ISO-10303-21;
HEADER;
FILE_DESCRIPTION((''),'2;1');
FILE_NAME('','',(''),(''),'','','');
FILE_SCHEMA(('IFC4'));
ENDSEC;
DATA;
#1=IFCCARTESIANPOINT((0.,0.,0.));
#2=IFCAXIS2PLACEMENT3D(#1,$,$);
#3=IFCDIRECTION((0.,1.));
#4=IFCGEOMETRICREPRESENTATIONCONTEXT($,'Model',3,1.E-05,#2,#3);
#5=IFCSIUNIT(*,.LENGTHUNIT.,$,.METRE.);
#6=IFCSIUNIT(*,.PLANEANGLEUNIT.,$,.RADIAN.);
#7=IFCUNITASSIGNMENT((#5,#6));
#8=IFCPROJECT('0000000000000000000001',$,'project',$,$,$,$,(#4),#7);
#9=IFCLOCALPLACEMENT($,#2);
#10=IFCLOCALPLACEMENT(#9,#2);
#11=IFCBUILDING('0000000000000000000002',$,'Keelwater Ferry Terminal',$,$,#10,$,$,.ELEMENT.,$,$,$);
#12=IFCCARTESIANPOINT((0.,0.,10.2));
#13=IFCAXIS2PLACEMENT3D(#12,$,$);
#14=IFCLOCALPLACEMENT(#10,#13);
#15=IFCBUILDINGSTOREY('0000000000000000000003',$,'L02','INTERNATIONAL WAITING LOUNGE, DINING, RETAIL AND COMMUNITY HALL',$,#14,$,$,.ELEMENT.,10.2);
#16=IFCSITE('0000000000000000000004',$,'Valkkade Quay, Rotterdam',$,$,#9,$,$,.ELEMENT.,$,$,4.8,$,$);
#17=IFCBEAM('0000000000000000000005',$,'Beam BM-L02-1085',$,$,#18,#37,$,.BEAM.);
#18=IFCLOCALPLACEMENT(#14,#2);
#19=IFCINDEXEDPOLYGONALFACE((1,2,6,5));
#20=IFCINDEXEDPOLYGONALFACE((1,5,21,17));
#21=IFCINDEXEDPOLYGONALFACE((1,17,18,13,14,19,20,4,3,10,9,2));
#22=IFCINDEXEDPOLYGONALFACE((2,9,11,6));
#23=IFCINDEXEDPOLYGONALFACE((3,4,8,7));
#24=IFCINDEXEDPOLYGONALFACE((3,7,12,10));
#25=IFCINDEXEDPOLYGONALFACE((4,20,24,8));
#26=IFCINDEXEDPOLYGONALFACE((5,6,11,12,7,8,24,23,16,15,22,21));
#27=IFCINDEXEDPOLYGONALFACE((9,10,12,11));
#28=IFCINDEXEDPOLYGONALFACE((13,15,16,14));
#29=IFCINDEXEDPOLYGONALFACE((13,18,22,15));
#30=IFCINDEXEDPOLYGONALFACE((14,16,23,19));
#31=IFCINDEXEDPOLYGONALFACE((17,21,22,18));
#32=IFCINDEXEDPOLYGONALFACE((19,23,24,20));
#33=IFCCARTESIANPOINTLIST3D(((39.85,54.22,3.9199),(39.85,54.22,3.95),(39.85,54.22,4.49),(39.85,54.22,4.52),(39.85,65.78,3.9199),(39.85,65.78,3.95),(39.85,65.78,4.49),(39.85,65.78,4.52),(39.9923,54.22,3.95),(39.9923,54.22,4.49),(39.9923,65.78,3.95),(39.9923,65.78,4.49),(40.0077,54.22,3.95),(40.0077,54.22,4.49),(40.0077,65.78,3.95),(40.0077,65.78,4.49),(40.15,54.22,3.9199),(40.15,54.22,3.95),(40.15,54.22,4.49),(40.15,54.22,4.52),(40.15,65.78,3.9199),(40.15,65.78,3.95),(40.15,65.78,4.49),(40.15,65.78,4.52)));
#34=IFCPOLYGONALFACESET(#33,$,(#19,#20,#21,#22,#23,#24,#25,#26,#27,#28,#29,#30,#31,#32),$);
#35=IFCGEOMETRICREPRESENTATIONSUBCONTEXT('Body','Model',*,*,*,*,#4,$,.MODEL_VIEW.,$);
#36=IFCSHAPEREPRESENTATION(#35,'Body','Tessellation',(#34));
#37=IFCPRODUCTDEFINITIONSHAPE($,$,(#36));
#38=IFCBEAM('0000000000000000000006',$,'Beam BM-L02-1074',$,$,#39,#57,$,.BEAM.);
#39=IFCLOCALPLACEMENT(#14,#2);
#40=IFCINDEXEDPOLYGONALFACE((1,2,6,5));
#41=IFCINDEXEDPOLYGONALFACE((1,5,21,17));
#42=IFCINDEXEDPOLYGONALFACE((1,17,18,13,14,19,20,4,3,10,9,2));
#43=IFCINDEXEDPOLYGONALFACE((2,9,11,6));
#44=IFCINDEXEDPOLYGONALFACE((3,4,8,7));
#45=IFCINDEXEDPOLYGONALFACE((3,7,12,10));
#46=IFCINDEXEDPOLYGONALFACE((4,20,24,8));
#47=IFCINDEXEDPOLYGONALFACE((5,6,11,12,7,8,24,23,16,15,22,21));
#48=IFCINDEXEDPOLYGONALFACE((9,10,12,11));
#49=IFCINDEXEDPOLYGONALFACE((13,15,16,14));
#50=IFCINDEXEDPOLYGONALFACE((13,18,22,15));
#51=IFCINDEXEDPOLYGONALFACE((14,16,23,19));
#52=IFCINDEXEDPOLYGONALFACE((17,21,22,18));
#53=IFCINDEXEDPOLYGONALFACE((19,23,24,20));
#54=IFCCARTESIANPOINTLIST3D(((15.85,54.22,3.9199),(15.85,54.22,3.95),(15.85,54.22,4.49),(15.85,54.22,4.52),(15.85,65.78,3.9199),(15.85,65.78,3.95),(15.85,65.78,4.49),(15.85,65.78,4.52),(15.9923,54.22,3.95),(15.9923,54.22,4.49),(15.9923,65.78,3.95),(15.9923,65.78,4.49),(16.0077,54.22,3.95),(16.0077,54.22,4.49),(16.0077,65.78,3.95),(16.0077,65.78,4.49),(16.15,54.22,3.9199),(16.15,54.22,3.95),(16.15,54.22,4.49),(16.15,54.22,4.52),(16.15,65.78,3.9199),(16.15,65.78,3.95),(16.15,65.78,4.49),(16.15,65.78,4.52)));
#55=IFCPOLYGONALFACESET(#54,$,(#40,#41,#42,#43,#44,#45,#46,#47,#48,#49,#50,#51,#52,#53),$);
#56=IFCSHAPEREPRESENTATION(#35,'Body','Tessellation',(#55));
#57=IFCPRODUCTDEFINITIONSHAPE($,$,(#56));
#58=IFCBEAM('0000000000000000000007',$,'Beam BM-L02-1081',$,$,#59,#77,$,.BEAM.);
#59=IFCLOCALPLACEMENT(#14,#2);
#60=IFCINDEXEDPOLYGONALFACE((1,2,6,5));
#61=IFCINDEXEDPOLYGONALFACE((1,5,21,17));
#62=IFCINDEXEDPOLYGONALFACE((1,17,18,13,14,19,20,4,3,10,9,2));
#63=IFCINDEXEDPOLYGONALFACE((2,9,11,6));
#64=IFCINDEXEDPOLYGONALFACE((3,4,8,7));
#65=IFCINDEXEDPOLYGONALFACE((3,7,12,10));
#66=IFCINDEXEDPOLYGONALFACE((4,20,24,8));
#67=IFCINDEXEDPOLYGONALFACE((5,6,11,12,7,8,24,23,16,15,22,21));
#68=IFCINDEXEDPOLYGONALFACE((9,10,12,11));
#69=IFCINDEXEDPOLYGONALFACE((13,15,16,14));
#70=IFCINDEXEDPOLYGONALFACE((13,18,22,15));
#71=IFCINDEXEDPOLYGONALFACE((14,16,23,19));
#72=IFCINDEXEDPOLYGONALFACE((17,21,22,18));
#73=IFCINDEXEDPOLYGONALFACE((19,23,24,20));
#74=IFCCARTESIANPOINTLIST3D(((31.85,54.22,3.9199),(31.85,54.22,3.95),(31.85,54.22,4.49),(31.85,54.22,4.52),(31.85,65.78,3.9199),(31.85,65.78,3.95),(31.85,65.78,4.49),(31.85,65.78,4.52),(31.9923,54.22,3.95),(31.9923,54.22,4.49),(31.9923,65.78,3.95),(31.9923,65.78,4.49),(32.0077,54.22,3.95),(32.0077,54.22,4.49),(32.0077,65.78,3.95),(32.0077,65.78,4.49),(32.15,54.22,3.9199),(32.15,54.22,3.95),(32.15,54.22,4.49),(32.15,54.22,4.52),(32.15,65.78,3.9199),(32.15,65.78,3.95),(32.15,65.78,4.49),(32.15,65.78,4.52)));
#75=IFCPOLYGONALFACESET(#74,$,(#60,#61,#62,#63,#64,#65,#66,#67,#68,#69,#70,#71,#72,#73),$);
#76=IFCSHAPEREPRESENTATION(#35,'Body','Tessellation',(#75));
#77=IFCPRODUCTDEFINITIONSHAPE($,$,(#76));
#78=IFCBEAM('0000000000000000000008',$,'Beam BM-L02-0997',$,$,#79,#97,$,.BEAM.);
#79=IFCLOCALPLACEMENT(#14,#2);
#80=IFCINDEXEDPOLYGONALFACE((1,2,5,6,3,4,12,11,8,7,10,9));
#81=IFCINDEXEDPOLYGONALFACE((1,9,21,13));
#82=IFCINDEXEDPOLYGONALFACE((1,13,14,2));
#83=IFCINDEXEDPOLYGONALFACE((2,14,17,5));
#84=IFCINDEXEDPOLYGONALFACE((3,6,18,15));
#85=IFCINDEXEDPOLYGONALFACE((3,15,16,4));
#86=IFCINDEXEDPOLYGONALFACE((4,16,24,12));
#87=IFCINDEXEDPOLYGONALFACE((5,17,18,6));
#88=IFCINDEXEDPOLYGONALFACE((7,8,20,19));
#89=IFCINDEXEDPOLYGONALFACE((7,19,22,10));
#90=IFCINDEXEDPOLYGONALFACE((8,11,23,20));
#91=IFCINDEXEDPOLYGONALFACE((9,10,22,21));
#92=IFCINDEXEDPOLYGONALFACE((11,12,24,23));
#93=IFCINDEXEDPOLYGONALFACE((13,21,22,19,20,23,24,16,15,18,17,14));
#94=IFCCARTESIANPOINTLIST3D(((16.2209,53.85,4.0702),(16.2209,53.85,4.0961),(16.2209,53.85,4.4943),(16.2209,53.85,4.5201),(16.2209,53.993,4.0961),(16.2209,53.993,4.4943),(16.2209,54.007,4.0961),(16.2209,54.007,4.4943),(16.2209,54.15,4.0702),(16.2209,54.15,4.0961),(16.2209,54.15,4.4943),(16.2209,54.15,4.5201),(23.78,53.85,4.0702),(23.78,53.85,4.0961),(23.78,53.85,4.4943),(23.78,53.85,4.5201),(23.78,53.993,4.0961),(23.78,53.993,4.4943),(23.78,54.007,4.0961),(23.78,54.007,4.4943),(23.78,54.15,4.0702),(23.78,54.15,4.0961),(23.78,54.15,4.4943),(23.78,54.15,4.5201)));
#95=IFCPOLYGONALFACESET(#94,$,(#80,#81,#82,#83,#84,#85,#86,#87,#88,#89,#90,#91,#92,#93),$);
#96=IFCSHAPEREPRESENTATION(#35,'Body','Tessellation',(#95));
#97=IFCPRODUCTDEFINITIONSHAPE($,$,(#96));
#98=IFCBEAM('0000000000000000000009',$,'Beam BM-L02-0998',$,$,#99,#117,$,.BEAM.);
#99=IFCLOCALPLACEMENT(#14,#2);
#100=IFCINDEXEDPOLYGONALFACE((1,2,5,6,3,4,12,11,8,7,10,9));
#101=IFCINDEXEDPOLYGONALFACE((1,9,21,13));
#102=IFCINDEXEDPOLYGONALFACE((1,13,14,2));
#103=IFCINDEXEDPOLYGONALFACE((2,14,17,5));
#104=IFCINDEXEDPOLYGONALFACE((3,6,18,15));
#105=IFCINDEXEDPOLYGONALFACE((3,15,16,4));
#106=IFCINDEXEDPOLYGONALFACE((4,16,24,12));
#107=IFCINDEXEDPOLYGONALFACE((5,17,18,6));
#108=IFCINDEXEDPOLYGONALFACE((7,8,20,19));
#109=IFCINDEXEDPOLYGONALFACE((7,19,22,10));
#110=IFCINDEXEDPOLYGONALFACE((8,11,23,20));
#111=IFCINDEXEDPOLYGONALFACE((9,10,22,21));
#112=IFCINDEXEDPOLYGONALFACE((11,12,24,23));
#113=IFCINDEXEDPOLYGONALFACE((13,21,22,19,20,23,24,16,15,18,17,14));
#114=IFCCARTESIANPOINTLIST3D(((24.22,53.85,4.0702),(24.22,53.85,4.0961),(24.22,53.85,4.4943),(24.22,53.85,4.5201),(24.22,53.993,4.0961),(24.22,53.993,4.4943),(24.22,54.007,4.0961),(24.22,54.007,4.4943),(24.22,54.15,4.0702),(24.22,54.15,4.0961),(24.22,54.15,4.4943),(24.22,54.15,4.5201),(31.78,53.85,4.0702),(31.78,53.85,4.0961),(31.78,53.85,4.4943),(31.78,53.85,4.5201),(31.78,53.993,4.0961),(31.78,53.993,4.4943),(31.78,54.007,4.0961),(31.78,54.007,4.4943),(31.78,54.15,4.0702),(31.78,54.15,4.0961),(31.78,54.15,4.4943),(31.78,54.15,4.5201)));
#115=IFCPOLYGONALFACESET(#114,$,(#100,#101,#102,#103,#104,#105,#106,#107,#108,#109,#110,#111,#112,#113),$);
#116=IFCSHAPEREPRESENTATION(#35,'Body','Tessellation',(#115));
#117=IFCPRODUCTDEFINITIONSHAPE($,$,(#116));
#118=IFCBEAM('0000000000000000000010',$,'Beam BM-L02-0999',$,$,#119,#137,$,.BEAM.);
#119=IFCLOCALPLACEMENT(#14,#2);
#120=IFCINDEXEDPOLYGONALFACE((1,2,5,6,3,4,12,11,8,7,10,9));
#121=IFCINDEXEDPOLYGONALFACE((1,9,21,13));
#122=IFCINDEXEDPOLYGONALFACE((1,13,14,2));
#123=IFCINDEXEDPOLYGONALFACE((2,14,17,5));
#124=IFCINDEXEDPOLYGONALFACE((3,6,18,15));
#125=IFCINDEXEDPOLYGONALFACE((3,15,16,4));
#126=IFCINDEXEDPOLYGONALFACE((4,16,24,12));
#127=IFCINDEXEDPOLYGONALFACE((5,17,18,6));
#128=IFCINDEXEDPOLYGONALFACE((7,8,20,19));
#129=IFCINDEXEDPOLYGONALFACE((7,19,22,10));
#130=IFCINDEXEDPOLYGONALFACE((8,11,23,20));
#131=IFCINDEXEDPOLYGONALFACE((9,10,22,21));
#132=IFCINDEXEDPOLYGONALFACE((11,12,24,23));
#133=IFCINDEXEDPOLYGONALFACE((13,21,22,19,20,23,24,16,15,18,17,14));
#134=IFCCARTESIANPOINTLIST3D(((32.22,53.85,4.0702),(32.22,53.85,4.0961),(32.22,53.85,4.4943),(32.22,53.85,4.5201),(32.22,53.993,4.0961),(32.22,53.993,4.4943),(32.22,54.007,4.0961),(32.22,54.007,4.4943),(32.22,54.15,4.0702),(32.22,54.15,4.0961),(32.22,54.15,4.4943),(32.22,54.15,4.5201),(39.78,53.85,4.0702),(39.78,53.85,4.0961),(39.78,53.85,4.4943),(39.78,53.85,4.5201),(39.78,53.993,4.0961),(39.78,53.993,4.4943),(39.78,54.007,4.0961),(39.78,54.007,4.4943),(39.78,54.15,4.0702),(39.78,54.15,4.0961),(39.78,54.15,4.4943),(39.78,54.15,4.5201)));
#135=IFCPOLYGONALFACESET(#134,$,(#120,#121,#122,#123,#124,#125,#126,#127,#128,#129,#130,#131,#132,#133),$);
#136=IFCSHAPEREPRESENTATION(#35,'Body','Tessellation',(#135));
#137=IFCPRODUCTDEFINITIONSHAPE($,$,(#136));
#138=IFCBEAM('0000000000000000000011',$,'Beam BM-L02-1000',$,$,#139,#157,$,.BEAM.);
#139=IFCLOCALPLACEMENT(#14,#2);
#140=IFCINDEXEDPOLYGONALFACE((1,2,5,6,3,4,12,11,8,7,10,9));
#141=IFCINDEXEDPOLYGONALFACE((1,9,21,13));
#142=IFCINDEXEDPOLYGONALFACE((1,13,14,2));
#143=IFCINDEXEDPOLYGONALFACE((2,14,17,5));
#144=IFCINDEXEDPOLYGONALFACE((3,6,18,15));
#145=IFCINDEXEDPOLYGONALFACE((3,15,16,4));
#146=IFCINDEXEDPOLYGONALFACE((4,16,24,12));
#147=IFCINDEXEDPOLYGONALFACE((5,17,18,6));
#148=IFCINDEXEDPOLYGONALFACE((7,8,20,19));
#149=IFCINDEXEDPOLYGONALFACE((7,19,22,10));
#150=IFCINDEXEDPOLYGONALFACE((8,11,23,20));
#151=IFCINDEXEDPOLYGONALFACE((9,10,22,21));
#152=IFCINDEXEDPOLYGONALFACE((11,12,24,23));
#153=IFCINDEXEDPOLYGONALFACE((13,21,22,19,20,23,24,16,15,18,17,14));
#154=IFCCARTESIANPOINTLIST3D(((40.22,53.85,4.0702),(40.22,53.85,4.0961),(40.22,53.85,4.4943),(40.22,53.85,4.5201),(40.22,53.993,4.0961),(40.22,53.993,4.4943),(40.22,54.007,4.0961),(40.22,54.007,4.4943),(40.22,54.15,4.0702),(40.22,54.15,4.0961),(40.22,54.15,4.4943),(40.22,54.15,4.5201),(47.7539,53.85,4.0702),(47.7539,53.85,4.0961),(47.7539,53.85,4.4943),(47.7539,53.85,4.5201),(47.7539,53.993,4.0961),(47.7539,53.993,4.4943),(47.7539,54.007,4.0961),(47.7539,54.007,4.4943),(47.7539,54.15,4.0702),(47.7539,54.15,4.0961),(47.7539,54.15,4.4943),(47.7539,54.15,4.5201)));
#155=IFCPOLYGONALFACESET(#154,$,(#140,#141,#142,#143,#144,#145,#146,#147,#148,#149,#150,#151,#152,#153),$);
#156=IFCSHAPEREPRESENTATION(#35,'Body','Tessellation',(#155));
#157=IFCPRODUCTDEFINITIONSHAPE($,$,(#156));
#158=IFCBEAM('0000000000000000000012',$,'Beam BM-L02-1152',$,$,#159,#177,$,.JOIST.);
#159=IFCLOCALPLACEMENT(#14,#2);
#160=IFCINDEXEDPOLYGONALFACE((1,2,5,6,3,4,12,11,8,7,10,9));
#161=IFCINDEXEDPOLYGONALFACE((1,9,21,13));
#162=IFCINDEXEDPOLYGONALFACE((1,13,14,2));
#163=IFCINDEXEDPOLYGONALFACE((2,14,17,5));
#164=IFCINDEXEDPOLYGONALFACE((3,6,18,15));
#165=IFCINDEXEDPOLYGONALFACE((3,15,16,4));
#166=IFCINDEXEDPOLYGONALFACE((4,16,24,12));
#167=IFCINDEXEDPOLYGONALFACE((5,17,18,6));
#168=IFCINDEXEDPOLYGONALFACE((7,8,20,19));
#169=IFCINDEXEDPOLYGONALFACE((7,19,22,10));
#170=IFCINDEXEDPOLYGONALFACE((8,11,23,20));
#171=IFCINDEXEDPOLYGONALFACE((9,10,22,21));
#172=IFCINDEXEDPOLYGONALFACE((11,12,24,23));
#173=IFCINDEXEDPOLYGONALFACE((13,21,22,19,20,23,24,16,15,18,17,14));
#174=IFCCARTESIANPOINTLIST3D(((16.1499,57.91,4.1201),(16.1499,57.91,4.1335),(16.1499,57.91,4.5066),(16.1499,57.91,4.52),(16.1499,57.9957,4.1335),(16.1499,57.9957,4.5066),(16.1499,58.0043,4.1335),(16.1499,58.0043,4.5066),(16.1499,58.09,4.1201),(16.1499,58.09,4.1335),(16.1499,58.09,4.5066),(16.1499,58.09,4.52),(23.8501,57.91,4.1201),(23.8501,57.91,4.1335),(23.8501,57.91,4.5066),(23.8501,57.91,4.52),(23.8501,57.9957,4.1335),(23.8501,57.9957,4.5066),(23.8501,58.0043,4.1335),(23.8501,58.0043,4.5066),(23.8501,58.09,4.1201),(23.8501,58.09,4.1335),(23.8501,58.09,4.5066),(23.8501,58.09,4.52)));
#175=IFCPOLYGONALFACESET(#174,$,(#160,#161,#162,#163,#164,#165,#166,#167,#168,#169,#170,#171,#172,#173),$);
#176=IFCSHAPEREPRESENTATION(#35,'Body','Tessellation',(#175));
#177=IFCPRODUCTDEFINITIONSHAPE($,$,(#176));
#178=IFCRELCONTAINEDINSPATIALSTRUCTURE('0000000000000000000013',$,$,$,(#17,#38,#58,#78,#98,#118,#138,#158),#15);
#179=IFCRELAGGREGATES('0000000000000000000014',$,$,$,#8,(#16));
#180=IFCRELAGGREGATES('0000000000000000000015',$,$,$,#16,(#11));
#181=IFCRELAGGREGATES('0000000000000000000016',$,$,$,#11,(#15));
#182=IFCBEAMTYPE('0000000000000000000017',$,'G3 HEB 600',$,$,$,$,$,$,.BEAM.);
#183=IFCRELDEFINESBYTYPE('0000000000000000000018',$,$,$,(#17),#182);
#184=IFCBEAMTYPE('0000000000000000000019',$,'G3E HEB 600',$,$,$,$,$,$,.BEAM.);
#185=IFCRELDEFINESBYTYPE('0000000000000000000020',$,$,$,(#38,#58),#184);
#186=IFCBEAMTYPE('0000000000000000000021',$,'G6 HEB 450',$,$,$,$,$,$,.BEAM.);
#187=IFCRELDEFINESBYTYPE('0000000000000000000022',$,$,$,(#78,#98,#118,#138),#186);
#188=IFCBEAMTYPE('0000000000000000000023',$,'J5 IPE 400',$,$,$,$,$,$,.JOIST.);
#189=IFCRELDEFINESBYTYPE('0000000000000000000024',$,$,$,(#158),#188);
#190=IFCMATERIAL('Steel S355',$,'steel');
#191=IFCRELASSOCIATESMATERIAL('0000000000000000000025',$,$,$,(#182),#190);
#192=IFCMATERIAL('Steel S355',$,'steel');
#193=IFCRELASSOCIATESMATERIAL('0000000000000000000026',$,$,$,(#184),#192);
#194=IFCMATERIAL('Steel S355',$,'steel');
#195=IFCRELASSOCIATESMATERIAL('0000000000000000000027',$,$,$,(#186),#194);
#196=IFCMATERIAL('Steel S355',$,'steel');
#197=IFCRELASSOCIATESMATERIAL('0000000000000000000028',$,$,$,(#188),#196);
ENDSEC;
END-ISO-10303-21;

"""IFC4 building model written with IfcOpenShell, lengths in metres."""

from ifc_helpers import new_model, si_unit, direction, frame, origin, origin_2d, place, context, subcontext, project, spatial, i_section, extrude, material, material_profile, profile_set, type_object, element, save


model = new_model("IFC4")

# Units and contexts
model_context = context("Model", 3, precision=1e-05, world=origin(), true_north=direction((0.0, 1.0)))
body_context = subcontext(model_context, "Body", "Model", "MODEL_VIEW")
ifc_project = project(units=[si_unit("LENGTHUNIT", "METRE"), si_unit("PLANEANGLEUNIT", "RADIAN")], contexts=[model_context])

# Site, building, storey
site_placement = place(None, origin())
site = spatial("IfcSite", under=ifc_project, at=site_placement, Name="Valkkade Quay, Rotterdam", CompositionType="ELEMENT", RefElevation=4.8)
building_placement = place(site_placement, origin())
building = spatial("IfcBuilding", under=site, at=building_placement, Name="Keelwater Ferry Terminal", CompositionType="ELEMENT")
storey_placement = place(building_placement, frame((0.0, 0.0, 10.2)))
storey = spatial("IfcBuildingStorey", under=building, at=storey_placement, Name="L02", Description="INTERNATIONAL WAITING LOUNGE, DINING, RETAIL AND COMMUNITY HALL", CompositionType="ELEMENT", Elevation=10.2)

# Beams
ifc_material_1 = material(Name="Steel S355", Category="steel")
ifc_material_profile_1 = material_profile(ifc_material_1, i_section(OverallWidth=0.3, OverallDepth=0.6001, WebThickness=0.0154, FlangeThickness=0.03, at=origin_2d()), Name="HEB 600")
ifc_profile_set_1 = profile_set([ifc_material_profile_1], Name="Steel S355")
beam_type_1 = type_object("IfcBeamType", Name="G3 HEB 600", PredefinedType="BEAM", material=ifc_profile_set_1)
for number, where, z_axis, x_axis, name in (
    (1, (40.0, 54.22, 4.22), (0.0, 1.0, 0.0), (-1.0, 0.0, 0.0), "Beam BM-L02-1085"),
):
    element("IfcBeam", number, at=place(storey_placement, frame(where, z_axis=z_axis, x_axis=x_axis)), inside=storey, type_object=beam_type_1, Name=name, PredefinedType="BEAM", context=body_context, shape_type="SweptSolid", body=[
        extrude(i_section(OverallWidth=0.3, OverallDepth=0.6001, WebThickness=0.0154, FlangeThickness=0.03, at=origin_2d()), origin(), (0.0, 0.0, 1.0), 11.5601),
    ])
ifc_material_2 = material(Name="Steel S355", Category="steel")
ifc_material_profile_2 = material_profile(ifc_material_2, i_section(OverallWidth=0.3, OverallDepth=0.6001, WebThickness=0.0154, FlangeThickness=0.03, at=origin_2d()), Name="HEB 600")
ifc_profile_set_2 = profile_set([ifc_material_profile_2], Name="Steel S355")
beam_type_2 = type_object("IfcBeamType", Name="G3E HEB 600", PredefinedType="BEAM", material=ifc_profile_set_2)
for number, where, z_axis, x_axis, name in (
    (2, (16.0, 54.22, 4.22), (0.0, 1.0, 0.0), (-1.0, 0.0, 0.0), "Beam BM-L02-1074"),
    (3, (32.0, 54.22, 4.22), (0.0, 1.0, 0.0), (-1.0, 0.0, 0.0), "Beam BM-L02-1081"),
):
    element("IfcBeam", number, at=place(storey_placement, frame(where, z_axis=z_axis, x_axis=x_axis)), inside=storey, type_object=beam_type_2, Name=name, PredefinedType="BEAM", context=body_context, shape_type="SweptSolid", body=[
        extrude(i_section(OverallWidth=0.3, OverallDepth=0.6001, WebThickness=0.0154, FlangeThickness=0.03, at=origin_2d()), origin(), (0.0, 0.0, 1.0), 11.5601),
    ])
ifc_material_3 = material(Name="Steel S355", Category="steel")
ifc_material_profile_3 = material_profile(ifc_material_3, i_section(OverallWidth=0.3, OverallDepth=0.45, WebThickness=0.0139, FlangeThickness=0.0259, at=origin_2d()), Name="HEB 450")
ifc_profile_set_3 = profile_set([ifc_material_profile_3], Name="Steel S355")
beam_type_3 = type_object("IfcBeamType", Name="G6 HEB 450", PredefinedType="BEAM", material=ifc_profile_set_3)
beam_1_placement = place(storey_placement, frame((16.2209, 54.0, 4.2952), z_axis=(1.0, 0.0, 0.0), x_axis=(0.0, 1.0, 0.0)))
element("IfcBeam", 4, at=beam_1_placement, inside=storey, type_object=beam_type_3, Name="Beam BM-L02-0997", PredefinedType="BEAM", context=body_context, shape_type="SweptSolid", body=[
    extrude(i_section(OverallWidth=0.3, OverallDepth=0.45, WebThickness=0.0139, FlangeThickness=0.0259, at=origin_2d()), origin(), (0.0, 0.0, 1.0), 7.5591),
])
for number, where, z_axis, x_axis, name in (
    (5, (24.22, 54.0, 4.2952), (1.0, 0.0, 0.0), (0.0, 1.0, 0.0), "Beam BM-L02-0998"),
    (6, (32.22, 54.0, 4.2952), (1.0, 0.0, 0.0), (0.0, 1.0, 0.0), "Beam BM-L02-0999"),
):
    element("IfcBeam", number, at=place(storey_placement, frame(where, z_axis=z_axis, x_axis=x_axis)), inside=storey, type_object=beam_type_3, Name=name, PredefinedType="BEAM", context=body_context, shape_type="SweptSolid", body=[
        extrude(i_section(OverallWidth=0.3, OverallDepth=0.45, WebThickness=0.0139, FlangeThickness=0.0259, at=origin_2d()), origin(), (0.0, 0.0, 1.0), 7.5601),
    ])
beam_2_placement = place(storey_placement, frame((40.22, 54.0, 4.2952), z_axis=(1.0, 0.0, 0.0), x_axis=(0.0, 1.0, 0.0)))
element("IfcBeam", 7, at=beam_2_placement, inside=storey, type_object=beam_type_3, Name="Beam BM-L02-1000", PredefinedType="BEAM", context=body_context, shape_type="SweptSolid", body=[
    extrude(i_section(OverallWidth=0.3, OverallDepth=0.45, WebThickness=0.0139, FlangeThickness=0.0259, at=origin_2d()), origin(), (0.0, 0.0, 1.0), 7.5339),
])
ifc_material_4 = material(Name="Steel S355", Category="steel")
ifc_material_profile_4 = material_profile(ifc_material_4, i_section(OverallWidth=0.1799, OverallDepth=0.3999, WebThickness=0.0085, FlangeThickness=0.0134, at=origin_2d()), Name="IPE 400")
ifc_profile_set_4 = profile_set([ifc_material_profile_4], Name="Steel S355")
beam_type_4 = type_object("IfcBeamType", Name="J5 IPE 400", PredefinedType="JOIST", material=ifc_profile_set_4)
for number, where, z_axis, x_axis, name in (
    (8, (16.1499, 58.0, 4.3201), (1.0, 0.0, 0.0), (0.0, 1.0, 0.0), "Beam BM-L02-1152"),
):
    element("IfcBeam", number, at=place(storey_placement, frame(where, z_axis=z_axis, x_axis=x_axis)), inside=storey, type_object=beam_type_4, Name=name, PredefinedType="JOIST", context=body_context, shape_type="SweptSolid", body=[
        extrude(i_section(OverallWidth=0.1799, OverallDepth=0.3999, WebThickness=0.0085, FlangeThickness=0.0134, at=origin_2d()), origin(), (0.0, 0.0, 1.0), 7.7002),
    ])

save(model, "model.ifc")
